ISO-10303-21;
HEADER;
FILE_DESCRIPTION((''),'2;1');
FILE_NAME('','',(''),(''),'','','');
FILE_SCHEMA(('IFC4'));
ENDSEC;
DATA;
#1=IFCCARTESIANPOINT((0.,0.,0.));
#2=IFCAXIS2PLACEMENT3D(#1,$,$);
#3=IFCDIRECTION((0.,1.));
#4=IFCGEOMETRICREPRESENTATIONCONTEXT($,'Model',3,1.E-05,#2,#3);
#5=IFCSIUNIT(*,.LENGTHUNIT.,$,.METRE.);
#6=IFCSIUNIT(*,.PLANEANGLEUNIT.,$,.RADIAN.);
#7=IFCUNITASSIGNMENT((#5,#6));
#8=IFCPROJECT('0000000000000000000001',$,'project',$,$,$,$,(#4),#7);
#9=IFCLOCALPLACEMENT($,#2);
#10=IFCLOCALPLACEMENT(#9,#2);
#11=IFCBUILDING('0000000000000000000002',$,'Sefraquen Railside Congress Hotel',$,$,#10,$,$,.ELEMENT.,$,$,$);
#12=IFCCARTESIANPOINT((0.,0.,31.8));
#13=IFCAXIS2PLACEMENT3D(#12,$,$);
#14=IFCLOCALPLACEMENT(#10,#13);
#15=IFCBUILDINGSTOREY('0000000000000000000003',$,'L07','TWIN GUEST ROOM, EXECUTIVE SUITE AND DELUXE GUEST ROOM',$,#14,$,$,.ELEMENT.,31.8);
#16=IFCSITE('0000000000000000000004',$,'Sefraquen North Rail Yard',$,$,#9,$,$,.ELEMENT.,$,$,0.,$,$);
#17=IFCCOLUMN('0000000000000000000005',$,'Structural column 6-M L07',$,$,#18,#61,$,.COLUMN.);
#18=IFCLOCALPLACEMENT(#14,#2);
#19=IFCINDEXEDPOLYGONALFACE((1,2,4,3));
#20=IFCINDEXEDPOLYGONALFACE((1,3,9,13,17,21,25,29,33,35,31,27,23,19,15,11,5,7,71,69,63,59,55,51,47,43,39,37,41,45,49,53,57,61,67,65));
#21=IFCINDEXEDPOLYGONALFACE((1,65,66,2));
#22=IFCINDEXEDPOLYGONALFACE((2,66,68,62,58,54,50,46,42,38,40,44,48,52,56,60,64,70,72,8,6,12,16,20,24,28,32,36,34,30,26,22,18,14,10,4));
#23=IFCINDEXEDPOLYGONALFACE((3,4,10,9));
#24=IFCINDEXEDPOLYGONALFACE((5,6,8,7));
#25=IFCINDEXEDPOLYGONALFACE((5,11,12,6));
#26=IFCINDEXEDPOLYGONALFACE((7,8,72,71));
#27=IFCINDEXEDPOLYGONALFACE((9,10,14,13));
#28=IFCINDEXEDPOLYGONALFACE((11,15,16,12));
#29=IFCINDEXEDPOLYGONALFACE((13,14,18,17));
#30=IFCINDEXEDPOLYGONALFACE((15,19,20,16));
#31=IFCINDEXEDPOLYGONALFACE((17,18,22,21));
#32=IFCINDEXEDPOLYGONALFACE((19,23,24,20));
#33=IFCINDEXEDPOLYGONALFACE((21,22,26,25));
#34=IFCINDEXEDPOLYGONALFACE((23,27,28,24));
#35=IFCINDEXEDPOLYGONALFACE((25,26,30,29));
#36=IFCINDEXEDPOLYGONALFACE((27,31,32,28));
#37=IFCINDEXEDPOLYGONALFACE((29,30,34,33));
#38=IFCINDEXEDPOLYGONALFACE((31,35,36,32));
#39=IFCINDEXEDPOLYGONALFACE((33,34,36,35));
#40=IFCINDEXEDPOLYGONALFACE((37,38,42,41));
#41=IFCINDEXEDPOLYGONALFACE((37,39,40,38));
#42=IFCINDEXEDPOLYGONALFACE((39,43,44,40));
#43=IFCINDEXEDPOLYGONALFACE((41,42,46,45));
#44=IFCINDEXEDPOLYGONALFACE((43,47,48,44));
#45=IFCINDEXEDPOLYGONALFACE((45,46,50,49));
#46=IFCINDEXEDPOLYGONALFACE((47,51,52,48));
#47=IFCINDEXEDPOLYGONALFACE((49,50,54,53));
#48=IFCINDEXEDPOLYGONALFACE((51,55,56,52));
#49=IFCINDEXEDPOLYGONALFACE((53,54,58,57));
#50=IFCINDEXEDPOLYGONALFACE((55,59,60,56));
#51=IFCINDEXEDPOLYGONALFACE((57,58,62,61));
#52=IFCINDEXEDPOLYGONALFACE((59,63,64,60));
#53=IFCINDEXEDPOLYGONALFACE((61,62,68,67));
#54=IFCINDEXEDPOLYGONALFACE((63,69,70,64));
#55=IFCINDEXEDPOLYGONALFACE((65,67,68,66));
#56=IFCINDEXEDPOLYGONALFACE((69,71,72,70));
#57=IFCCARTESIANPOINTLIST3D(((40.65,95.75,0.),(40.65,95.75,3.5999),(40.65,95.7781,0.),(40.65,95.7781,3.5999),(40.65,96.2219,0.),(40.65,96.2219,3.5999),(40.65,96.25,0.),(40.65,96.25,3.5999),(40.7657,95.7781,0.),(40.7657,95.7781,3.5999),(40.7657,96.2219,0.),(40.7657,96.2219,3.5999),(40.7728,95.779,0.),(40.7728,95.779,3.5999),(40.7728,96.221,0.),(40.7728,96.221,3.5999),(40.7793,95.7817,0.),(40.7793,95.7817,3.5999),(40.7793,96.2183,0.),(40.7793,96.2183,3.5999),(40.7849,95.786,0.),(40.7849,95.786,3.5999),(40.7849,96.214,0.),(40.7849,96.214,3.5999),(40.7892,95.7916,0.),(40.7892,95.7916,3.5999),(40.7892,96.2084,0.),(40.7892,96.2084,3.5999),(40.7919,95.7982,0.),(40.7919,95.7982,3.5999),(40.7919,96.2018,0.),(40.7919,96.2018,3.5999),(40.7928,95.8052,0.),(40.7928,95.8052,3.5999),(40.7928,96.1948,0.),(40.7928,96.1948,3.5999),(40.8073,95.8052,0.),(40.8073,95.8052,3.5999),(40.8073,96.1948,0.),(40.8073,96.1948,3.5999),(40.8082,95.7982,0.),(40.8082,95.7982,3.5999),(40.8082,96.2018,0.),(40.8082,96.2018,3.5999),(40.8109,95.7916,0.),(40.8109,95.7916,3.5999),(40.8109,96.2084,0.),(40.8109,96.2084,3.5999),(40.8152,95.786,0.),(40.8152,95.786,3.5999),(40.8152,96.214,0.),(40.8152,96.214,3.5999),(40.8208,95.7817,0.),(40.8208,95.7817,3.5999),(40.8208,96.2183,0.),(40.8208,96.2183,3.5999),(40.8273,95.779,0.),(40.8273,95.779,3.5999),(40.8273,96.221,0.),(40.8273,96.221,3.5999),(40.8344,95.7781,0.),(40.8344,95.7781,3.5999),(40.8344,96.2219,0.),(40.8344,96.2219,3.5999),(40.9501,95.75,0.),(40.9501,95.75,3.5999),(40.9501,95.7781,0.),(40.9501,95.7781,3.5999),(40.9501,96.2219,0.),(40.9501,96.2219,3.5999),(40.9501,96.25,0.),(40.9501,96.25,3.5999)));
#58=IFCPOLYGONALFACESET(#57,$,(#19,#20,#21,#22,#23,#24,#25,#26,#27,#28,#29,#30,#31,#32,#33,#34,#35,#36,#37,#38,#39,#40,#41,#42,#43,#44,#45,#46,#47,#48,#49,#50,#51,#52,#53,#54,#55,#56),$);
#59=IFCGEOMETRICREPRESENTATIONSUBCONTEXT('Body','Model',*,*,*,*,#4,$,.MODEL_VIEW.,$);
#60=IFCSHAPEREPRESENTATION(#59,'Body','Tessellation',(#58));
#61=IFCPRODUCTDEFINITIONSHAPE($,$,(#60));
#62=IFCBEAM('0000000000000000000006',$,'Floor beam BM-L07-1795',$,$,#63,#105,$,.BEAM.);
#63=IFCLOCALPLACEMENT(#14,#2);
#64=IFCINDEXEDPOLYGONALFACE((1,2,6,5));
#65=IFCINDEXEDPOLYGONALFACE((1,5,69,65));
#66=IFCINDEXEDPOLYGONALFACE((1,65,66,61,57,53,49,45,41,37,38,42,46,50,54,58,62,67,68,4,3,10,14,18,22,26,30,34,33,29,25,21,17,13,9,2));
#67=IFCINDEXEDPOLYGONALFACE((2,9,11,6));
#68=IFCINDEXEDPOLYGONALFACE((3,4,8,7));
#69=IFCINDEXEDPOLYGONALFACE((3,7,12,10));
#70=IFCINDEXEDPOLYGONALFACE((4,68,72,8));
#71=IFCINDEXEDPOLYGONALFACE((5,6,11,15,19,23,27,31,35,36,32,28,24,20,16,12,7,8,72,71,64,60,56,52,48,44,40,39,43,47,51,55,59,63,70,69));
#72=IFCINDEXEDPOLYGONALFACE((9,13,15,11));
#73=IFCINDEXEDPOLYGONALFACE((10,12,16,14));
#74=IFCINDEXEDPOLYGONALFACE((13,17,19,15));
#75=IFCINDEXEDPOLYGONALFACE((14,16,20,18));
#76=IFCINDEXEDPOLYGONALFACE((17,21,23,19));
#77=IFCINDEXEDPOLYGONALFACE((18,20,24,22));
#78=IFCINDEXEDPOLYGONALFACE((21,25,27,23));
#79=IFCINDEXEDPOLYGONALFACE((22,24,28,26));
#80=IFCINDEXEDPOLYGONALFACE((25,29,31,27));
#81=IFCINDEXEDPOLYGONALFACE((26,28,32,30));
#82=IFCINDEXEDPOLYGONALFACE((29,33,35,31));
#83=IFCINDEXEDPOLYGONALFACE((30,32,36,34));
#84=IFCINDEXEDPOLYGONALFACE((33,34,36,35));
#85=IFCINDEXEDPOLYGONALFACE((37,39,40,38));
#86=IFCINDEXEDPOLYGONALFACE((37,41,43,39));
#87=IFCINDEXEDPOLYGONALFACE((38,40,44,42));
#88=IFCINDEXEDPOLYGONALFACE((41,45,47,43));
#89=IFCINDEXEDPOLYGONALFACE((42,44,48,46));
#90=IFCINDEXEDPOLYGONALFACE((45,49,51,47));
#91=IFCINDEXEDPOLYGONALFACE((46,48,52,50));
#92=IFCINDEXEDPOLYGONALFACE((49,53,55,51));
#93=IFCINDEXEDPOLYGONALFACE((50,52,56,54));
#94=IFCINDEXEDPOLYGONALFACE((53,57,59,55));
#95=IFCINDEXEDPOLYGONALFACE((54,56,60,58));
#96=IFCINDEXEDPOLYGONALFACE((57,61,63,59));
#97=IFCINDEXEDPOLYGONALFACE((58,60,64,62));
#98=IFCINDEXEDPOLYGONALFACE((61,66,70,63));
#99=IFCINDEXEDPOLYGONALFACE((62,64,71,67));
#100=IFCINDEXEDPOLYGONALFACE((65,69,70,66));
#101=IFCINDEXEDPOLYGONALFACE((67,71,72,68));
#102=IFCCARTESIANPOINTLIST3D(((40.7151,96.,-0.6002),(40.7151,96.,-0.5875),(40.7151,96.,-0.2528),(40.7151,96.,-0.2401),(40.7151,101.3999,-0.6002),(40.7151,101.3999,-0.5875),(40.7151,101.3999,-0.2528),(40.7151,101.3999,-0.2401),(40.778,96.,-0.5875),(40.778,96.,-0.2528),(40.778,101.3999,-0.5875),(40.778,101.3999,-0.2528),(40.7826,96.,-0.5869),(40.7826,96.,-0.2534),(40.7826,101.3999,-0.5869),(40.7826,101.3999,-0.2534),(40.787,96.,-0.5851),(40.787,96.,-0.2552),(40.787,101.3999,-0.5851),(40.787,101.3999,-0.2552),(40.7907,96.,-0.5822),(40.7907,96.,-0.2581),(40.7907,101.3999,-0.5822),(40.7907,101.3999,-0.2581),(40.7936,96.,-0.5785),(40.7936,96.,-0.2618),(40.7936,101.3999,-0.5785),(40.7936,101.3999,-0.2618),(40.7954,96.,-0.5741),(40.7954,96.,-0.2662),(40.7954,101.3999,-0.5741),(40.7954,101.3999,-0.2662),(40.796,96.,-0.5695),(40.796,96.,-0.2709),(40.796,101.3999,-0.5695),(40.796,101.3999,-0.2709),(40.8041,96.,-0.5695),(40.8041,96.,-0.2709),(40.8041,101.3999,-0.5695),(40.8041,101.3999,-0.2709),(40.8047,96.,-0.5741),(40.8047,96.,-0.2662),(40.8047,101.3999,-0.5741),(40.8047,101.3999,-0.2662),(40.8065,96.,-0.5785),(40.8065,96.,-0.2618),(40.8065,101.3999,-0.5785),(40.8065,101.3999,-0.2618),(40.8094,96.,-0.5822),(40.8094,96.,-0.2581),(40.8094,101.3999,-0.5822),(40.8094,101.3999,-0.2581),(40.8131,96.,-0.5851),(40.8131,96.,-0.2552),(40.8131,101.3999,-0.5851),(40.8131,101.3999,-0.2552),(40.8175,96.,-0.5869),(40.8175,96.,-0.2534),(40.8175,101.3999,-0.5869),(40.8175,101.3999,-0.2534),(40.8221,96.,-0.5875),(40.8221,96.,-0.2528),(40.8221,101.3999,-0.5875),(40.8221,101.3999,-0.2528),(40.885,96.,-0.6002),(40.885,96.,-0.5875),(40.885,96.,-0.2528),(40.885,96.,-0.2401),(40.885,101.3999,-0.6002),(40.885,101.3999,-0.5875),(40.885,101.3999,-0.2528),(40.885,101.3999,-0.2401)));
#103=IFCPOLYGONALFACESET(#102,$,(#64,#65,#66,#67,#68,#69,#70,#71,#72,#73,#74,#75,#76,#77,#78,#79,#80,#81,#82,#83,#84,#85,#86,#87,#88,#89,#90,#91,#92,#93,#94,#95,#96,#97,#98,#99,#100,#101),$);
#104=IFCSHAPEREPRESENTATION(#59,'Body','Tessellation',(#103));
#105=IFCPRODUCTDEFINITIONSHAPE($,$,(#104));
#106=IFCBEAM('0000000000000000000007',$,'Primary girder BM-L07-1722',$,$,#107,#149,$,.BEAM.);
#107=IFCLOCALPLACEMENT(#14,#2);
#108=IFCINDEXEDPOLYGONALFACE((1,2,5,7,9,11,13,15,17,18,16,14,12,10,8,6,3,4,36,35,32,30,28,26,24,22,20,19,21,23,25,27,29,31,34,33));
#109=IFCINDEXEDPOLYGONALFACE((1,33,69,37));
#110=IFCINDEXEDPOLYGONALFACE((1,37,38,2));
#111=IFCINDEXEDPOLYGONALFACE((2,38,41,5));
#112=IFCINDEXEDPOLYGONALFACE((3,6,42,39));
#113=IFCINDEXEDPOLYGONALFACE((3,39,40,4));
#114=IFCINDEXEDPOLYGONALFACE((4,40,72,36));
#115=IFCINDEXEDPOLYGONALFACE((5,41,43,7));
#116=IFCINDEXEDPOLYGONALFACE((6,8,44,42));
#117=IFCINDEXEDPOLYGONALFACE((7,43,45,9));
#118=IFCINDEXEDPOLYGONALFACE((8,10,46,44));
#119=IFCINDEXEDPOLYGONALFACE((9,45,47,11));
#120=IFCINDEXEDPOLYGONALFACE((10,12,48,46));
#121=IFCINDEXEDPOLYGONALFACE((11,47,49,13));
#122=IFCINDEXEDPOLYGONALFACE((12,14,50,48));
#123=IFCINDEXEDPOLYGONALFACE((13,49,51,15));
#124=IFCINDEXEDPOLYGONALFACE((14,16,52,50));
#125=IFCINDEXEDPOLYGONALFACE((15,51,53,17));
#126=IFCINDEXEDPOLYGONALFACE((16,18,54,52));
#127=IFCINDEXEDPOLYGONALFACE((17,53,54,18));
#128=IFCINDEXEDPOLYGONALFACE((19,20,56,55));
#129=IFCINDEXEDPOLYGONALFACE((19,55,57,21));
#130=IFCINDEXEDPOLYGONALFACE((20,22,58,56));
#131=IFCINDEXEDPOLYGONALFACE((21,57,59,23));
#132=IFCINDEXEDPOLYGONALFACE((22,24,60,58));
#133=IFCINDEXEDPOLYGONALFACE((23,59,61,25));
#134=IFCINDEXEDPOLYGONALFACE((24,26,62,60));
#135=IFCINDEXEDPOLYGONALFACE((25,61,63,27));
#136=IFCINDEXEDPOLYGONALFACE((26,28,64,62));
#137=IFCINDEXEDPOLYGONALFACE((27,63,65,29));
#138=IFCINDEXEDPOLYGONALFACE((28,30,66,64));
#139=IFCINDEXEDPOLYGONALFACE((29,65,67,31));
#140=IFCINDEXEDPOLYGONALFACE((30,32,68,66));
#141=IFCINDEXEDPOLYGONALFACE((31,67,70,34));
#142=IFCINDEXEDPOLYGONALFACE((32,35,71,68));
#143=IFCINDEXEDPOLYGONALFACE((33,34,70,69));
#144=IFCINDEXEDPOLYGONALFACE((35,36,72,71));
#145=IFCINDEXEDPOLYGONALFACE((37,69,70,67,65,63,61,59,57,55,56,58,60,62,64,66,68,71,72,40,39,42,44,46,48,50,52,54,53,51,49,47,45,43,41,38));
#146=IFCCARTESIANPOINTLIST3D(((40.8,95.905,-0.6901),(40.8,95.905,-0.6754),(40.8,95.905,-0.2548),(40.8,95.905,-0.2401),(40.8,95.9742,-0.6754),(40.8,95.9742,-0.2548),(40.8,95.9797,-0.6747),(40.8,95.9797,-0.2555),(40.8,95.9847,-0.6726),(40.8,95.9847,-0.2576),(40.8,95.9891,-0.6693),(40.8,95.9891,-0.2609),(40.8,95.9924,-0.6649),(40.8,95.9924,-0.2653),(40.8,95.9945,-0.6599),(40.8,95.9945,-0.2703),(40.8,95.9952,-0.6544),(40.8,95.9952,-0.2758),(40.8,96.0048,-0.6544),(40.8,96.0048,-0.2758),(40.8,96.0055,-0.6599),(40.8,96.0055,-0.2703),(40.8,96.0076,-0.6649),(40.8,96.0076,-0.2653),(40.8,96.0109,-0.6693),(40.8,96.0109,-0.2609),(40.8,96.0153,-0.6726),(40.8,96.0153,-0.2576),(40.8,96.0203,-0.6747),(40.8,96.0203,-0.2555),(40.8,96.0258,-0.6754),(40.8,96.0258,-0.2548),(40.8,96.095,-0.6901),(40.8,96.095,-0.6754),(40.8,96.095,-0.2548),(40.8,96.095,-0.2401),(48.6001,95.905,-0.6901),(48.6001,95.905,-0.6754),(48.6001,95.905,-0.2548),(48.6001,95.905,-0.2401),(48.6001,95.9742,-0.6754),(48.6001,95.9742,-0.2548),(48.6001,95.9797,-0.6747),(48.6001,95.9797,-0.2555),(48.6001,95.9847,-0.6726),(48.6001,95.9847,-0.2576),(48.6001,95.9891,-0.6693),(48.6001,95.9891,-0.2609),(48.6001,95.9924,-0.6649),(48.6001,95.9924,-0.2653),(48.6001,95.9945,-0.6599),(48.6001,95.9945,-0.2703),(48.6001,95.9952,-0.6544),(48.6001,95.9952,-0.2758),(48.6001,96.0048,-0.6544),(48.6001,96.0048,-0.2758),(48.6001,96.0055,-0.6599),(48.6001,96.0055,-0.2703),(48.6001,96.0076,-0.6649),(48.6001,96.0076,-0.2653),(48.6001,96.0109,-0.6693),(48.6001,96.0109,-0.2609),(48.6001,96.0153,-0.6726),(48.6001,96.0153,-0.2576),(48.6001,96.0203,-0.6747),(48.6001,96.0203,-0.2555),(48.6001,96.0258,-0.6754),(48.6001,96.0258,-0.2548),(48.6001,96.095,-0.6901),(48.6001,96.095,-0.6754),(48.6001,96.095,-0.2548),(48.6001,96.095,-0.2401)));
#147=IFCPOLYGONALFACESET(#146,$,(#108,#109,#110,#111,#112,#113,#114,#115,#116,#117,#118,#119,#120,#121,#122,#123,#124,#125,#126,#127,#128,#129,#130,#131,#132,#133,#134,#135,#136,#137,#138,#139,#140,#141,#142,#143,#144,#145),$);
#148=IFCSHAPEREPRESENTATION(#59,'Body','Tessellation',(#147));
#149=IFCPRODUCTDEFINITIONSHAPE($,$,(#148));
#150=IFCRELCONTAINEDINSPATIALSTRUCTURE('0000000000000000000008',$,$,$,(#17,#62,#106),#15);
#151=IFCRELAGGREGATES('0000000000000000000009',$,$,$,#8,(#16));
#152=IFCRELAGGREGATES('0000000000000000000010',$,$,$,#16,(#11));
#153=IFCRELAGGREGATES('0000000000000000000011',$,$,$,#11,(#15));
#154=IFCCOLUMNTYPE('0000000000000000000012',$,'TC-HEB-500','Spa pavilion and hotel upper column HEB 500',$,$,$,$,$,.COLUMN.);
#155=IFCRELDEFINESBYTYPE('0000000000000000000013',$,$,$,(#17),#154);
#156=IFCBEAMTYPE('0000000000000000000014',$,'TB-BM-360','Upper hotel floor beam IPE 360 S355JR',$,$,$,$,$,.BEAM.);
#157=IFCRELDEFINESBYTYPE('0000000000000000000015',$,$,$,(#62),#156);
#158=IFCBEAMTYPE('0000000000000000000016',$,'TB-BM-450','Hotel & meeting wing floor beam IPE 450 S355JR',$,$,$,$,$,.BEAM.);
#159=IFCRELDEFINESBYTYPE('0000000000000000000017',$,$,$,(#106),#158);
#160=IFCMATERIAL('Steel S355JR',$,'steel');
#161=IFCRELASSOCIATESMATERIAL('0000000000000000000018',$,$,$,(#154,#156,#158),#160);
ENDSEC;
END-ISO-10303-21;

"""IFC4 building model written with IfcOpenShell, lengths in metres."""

from ifc_helpers import new_model, si_unit, direction, frame, origin, origin_2d, place, context, subcontext, project, spatial, i_section, extrude, material, material_profile, profile_set, type_object, element, save


model = new_model("IFC4")

# Units and contexts
model_context = context("Model", 3, precision=1e-05, world=origin(), true_north=direction((0.0, 1.0)))
body_context = subcontext(model_context, "Body", "Model", "MODEL_VIEW")
ifc_project = project(units=[si_unit("LENGTHUNIT", "METRE"), si_unit("PLANEANGLEUNIT", "RADIAN")], contexts=[model_context])

# Site, building, storey
site_placement = place(None, origin())
site = spatial("IfcSite", under=ifc_project, at=site_placement, Name="Sefraquen North Rail Yard", CompositionType="ELEMENT", RefElevation=0.0)
building_placement = place(site_placement, origin())
building = spatial("IfcBuilding", under=site, at=building_placement, Name="Sefraquen Railside Congress Hotel", CompositionType="ELEMENT")
storey_placement = place(building_placement, frame((0.0, 0.0, 31.8)))
storey = spatial("IfcBuildingStorey", under=building, at=storey_placement, Name="L07", Description="TWIN GUEST ROOM, EXECUTIVE SUITE AND DELUXE GUEST ROOM", CompositionType="ELEMENT", Elevation=31.8)

# Column
ifc_material_1 = material(Name="Steel S355JR", Category="steel")
ifc_material_profile_1 = material_profile(ifc_material_1, i_section(OverallWidth=0.3, OverallDepth=0.5, WebThickness=0.0144, FlangeThickness=0.0281, FilletRadius=0.0271, at=origin_2d()), Name="HEB 500")
ifc_profile_set_1 = profile_set([ifc_material_profile_1], Name="Steel S355JR")
column_type = type_object("IfcColumnType", Name="TC-HEB-500", Description="Spa pavilion and hotel upper column HEB 500", PredefinedType="COLUMN", material=ifc_profile_set_1)
column_placement = place(storey_placement, frame((40.8, 96.0, 0.0), z_axis=(0.0, 0.0, 1.0), x_axis=(1.0, 0.0, 0.0)))
element("IfcColumn", 1, at=column_placement, inside=storey, type_object=column_type, Name="Structural column 6-M L07", PredefinedType="COLUMN", context=body_context, shape_type="SweptSolid", body=[
    extrude(i_section(OverallWidth=0.3, OverallDepth=0.5, WebThickness=0.0144, FlangeThickness=0.0281, FilletRadius=0.0271, at=origin_2d()), origin(), (0.0, 0.0, 1.0), 3.5999),
])

# Beams
ifc_material_profile_2 = material_profile(ifc_material_1, i_section(OverallWidth=0.1699, OverallDepth=0.3601, WebThickness=0.0081, FlangeThickness=0.0127, FilletRadius=0.0181, at=origin_2d()), Name="IPE 360")
ifc_profile_set_2 = profile_set([ifc_material_profile_2], Name="Steel S355JR")
beam_type_1 = type_object("IfcBeamType", Name="TB-BM-360", Description="Upper hotel floor beam IPE 360 S355JR", PredefinedType="BEAM", material=ifc_profile_set_2)
beam_1_placement = place(storey_placement, frame((40.8, 96.0, -0.4202), z_axis=(0.0, 1.0, 0.0), x_axis=(-1.0, 0.0, 0.0)))
element("IfcBeam", 2, at=beam_1_placement, inside=storey, type_object=beam_type_1, Name="Floor beam BM-L07-1795", PredefinedType="BEAM", context=body_context, shape_type="SweptSolid", body=[
    extrude(i_section(OverallWidth=0.1699, OverallDepth=0.3601, WebThickness=0.0081, FlangeThickness=0.0127, FilletRadius=0.0181, at=origin_2d()), origin(), (0.0, 0.0, 1.0), 5.3999),
])
ifc_material_profile_3 = material_profile(ifc_material_1, i_section(OverallWidth=0.1899, OverallDepth=0.45, WebThickness=0.0095, FlangeThickness=0.0146, FilletRadius=0.021, at=origin_2d()), Name="IPE 450")
ifc_profile_set_3 = profile_set([ifc_material_profile_3], Name="Steel S355JR")
beam_type_2 = type_object("IfcBeamType", Name="TB-BM-450", Description="Hotel & meeting wing floor beam IPE 450 S355JR", PredefinedType="BEAM", material=ifc_profile_set_3)
beam_2_placement = place(storey_placement, frame((40.8, 96.0, -0.4651), z_axis=(1.0, 0.0, 0.0), x_axis=(0.0, 1.0, 0.0)))
element("IfcBeam", 3, at=beam_2_placement, inside=storey, type_object=beam_type_2, Name="Primary girder BM-L07-1722", PredefinedType="BEAM", context=body_context, shape_type="SweptSolid", body=[
    extrude(i_section(OverallWidth=0.1899, OverallDepth=0.45, WebThickness=0.0095, FlangeThickness=0.0146, FilletRadius=0.021, at=origin_2d()), origin(), (0.0, 0.0, 1.0), 7.8),
])

save(model, "model.ifc")
